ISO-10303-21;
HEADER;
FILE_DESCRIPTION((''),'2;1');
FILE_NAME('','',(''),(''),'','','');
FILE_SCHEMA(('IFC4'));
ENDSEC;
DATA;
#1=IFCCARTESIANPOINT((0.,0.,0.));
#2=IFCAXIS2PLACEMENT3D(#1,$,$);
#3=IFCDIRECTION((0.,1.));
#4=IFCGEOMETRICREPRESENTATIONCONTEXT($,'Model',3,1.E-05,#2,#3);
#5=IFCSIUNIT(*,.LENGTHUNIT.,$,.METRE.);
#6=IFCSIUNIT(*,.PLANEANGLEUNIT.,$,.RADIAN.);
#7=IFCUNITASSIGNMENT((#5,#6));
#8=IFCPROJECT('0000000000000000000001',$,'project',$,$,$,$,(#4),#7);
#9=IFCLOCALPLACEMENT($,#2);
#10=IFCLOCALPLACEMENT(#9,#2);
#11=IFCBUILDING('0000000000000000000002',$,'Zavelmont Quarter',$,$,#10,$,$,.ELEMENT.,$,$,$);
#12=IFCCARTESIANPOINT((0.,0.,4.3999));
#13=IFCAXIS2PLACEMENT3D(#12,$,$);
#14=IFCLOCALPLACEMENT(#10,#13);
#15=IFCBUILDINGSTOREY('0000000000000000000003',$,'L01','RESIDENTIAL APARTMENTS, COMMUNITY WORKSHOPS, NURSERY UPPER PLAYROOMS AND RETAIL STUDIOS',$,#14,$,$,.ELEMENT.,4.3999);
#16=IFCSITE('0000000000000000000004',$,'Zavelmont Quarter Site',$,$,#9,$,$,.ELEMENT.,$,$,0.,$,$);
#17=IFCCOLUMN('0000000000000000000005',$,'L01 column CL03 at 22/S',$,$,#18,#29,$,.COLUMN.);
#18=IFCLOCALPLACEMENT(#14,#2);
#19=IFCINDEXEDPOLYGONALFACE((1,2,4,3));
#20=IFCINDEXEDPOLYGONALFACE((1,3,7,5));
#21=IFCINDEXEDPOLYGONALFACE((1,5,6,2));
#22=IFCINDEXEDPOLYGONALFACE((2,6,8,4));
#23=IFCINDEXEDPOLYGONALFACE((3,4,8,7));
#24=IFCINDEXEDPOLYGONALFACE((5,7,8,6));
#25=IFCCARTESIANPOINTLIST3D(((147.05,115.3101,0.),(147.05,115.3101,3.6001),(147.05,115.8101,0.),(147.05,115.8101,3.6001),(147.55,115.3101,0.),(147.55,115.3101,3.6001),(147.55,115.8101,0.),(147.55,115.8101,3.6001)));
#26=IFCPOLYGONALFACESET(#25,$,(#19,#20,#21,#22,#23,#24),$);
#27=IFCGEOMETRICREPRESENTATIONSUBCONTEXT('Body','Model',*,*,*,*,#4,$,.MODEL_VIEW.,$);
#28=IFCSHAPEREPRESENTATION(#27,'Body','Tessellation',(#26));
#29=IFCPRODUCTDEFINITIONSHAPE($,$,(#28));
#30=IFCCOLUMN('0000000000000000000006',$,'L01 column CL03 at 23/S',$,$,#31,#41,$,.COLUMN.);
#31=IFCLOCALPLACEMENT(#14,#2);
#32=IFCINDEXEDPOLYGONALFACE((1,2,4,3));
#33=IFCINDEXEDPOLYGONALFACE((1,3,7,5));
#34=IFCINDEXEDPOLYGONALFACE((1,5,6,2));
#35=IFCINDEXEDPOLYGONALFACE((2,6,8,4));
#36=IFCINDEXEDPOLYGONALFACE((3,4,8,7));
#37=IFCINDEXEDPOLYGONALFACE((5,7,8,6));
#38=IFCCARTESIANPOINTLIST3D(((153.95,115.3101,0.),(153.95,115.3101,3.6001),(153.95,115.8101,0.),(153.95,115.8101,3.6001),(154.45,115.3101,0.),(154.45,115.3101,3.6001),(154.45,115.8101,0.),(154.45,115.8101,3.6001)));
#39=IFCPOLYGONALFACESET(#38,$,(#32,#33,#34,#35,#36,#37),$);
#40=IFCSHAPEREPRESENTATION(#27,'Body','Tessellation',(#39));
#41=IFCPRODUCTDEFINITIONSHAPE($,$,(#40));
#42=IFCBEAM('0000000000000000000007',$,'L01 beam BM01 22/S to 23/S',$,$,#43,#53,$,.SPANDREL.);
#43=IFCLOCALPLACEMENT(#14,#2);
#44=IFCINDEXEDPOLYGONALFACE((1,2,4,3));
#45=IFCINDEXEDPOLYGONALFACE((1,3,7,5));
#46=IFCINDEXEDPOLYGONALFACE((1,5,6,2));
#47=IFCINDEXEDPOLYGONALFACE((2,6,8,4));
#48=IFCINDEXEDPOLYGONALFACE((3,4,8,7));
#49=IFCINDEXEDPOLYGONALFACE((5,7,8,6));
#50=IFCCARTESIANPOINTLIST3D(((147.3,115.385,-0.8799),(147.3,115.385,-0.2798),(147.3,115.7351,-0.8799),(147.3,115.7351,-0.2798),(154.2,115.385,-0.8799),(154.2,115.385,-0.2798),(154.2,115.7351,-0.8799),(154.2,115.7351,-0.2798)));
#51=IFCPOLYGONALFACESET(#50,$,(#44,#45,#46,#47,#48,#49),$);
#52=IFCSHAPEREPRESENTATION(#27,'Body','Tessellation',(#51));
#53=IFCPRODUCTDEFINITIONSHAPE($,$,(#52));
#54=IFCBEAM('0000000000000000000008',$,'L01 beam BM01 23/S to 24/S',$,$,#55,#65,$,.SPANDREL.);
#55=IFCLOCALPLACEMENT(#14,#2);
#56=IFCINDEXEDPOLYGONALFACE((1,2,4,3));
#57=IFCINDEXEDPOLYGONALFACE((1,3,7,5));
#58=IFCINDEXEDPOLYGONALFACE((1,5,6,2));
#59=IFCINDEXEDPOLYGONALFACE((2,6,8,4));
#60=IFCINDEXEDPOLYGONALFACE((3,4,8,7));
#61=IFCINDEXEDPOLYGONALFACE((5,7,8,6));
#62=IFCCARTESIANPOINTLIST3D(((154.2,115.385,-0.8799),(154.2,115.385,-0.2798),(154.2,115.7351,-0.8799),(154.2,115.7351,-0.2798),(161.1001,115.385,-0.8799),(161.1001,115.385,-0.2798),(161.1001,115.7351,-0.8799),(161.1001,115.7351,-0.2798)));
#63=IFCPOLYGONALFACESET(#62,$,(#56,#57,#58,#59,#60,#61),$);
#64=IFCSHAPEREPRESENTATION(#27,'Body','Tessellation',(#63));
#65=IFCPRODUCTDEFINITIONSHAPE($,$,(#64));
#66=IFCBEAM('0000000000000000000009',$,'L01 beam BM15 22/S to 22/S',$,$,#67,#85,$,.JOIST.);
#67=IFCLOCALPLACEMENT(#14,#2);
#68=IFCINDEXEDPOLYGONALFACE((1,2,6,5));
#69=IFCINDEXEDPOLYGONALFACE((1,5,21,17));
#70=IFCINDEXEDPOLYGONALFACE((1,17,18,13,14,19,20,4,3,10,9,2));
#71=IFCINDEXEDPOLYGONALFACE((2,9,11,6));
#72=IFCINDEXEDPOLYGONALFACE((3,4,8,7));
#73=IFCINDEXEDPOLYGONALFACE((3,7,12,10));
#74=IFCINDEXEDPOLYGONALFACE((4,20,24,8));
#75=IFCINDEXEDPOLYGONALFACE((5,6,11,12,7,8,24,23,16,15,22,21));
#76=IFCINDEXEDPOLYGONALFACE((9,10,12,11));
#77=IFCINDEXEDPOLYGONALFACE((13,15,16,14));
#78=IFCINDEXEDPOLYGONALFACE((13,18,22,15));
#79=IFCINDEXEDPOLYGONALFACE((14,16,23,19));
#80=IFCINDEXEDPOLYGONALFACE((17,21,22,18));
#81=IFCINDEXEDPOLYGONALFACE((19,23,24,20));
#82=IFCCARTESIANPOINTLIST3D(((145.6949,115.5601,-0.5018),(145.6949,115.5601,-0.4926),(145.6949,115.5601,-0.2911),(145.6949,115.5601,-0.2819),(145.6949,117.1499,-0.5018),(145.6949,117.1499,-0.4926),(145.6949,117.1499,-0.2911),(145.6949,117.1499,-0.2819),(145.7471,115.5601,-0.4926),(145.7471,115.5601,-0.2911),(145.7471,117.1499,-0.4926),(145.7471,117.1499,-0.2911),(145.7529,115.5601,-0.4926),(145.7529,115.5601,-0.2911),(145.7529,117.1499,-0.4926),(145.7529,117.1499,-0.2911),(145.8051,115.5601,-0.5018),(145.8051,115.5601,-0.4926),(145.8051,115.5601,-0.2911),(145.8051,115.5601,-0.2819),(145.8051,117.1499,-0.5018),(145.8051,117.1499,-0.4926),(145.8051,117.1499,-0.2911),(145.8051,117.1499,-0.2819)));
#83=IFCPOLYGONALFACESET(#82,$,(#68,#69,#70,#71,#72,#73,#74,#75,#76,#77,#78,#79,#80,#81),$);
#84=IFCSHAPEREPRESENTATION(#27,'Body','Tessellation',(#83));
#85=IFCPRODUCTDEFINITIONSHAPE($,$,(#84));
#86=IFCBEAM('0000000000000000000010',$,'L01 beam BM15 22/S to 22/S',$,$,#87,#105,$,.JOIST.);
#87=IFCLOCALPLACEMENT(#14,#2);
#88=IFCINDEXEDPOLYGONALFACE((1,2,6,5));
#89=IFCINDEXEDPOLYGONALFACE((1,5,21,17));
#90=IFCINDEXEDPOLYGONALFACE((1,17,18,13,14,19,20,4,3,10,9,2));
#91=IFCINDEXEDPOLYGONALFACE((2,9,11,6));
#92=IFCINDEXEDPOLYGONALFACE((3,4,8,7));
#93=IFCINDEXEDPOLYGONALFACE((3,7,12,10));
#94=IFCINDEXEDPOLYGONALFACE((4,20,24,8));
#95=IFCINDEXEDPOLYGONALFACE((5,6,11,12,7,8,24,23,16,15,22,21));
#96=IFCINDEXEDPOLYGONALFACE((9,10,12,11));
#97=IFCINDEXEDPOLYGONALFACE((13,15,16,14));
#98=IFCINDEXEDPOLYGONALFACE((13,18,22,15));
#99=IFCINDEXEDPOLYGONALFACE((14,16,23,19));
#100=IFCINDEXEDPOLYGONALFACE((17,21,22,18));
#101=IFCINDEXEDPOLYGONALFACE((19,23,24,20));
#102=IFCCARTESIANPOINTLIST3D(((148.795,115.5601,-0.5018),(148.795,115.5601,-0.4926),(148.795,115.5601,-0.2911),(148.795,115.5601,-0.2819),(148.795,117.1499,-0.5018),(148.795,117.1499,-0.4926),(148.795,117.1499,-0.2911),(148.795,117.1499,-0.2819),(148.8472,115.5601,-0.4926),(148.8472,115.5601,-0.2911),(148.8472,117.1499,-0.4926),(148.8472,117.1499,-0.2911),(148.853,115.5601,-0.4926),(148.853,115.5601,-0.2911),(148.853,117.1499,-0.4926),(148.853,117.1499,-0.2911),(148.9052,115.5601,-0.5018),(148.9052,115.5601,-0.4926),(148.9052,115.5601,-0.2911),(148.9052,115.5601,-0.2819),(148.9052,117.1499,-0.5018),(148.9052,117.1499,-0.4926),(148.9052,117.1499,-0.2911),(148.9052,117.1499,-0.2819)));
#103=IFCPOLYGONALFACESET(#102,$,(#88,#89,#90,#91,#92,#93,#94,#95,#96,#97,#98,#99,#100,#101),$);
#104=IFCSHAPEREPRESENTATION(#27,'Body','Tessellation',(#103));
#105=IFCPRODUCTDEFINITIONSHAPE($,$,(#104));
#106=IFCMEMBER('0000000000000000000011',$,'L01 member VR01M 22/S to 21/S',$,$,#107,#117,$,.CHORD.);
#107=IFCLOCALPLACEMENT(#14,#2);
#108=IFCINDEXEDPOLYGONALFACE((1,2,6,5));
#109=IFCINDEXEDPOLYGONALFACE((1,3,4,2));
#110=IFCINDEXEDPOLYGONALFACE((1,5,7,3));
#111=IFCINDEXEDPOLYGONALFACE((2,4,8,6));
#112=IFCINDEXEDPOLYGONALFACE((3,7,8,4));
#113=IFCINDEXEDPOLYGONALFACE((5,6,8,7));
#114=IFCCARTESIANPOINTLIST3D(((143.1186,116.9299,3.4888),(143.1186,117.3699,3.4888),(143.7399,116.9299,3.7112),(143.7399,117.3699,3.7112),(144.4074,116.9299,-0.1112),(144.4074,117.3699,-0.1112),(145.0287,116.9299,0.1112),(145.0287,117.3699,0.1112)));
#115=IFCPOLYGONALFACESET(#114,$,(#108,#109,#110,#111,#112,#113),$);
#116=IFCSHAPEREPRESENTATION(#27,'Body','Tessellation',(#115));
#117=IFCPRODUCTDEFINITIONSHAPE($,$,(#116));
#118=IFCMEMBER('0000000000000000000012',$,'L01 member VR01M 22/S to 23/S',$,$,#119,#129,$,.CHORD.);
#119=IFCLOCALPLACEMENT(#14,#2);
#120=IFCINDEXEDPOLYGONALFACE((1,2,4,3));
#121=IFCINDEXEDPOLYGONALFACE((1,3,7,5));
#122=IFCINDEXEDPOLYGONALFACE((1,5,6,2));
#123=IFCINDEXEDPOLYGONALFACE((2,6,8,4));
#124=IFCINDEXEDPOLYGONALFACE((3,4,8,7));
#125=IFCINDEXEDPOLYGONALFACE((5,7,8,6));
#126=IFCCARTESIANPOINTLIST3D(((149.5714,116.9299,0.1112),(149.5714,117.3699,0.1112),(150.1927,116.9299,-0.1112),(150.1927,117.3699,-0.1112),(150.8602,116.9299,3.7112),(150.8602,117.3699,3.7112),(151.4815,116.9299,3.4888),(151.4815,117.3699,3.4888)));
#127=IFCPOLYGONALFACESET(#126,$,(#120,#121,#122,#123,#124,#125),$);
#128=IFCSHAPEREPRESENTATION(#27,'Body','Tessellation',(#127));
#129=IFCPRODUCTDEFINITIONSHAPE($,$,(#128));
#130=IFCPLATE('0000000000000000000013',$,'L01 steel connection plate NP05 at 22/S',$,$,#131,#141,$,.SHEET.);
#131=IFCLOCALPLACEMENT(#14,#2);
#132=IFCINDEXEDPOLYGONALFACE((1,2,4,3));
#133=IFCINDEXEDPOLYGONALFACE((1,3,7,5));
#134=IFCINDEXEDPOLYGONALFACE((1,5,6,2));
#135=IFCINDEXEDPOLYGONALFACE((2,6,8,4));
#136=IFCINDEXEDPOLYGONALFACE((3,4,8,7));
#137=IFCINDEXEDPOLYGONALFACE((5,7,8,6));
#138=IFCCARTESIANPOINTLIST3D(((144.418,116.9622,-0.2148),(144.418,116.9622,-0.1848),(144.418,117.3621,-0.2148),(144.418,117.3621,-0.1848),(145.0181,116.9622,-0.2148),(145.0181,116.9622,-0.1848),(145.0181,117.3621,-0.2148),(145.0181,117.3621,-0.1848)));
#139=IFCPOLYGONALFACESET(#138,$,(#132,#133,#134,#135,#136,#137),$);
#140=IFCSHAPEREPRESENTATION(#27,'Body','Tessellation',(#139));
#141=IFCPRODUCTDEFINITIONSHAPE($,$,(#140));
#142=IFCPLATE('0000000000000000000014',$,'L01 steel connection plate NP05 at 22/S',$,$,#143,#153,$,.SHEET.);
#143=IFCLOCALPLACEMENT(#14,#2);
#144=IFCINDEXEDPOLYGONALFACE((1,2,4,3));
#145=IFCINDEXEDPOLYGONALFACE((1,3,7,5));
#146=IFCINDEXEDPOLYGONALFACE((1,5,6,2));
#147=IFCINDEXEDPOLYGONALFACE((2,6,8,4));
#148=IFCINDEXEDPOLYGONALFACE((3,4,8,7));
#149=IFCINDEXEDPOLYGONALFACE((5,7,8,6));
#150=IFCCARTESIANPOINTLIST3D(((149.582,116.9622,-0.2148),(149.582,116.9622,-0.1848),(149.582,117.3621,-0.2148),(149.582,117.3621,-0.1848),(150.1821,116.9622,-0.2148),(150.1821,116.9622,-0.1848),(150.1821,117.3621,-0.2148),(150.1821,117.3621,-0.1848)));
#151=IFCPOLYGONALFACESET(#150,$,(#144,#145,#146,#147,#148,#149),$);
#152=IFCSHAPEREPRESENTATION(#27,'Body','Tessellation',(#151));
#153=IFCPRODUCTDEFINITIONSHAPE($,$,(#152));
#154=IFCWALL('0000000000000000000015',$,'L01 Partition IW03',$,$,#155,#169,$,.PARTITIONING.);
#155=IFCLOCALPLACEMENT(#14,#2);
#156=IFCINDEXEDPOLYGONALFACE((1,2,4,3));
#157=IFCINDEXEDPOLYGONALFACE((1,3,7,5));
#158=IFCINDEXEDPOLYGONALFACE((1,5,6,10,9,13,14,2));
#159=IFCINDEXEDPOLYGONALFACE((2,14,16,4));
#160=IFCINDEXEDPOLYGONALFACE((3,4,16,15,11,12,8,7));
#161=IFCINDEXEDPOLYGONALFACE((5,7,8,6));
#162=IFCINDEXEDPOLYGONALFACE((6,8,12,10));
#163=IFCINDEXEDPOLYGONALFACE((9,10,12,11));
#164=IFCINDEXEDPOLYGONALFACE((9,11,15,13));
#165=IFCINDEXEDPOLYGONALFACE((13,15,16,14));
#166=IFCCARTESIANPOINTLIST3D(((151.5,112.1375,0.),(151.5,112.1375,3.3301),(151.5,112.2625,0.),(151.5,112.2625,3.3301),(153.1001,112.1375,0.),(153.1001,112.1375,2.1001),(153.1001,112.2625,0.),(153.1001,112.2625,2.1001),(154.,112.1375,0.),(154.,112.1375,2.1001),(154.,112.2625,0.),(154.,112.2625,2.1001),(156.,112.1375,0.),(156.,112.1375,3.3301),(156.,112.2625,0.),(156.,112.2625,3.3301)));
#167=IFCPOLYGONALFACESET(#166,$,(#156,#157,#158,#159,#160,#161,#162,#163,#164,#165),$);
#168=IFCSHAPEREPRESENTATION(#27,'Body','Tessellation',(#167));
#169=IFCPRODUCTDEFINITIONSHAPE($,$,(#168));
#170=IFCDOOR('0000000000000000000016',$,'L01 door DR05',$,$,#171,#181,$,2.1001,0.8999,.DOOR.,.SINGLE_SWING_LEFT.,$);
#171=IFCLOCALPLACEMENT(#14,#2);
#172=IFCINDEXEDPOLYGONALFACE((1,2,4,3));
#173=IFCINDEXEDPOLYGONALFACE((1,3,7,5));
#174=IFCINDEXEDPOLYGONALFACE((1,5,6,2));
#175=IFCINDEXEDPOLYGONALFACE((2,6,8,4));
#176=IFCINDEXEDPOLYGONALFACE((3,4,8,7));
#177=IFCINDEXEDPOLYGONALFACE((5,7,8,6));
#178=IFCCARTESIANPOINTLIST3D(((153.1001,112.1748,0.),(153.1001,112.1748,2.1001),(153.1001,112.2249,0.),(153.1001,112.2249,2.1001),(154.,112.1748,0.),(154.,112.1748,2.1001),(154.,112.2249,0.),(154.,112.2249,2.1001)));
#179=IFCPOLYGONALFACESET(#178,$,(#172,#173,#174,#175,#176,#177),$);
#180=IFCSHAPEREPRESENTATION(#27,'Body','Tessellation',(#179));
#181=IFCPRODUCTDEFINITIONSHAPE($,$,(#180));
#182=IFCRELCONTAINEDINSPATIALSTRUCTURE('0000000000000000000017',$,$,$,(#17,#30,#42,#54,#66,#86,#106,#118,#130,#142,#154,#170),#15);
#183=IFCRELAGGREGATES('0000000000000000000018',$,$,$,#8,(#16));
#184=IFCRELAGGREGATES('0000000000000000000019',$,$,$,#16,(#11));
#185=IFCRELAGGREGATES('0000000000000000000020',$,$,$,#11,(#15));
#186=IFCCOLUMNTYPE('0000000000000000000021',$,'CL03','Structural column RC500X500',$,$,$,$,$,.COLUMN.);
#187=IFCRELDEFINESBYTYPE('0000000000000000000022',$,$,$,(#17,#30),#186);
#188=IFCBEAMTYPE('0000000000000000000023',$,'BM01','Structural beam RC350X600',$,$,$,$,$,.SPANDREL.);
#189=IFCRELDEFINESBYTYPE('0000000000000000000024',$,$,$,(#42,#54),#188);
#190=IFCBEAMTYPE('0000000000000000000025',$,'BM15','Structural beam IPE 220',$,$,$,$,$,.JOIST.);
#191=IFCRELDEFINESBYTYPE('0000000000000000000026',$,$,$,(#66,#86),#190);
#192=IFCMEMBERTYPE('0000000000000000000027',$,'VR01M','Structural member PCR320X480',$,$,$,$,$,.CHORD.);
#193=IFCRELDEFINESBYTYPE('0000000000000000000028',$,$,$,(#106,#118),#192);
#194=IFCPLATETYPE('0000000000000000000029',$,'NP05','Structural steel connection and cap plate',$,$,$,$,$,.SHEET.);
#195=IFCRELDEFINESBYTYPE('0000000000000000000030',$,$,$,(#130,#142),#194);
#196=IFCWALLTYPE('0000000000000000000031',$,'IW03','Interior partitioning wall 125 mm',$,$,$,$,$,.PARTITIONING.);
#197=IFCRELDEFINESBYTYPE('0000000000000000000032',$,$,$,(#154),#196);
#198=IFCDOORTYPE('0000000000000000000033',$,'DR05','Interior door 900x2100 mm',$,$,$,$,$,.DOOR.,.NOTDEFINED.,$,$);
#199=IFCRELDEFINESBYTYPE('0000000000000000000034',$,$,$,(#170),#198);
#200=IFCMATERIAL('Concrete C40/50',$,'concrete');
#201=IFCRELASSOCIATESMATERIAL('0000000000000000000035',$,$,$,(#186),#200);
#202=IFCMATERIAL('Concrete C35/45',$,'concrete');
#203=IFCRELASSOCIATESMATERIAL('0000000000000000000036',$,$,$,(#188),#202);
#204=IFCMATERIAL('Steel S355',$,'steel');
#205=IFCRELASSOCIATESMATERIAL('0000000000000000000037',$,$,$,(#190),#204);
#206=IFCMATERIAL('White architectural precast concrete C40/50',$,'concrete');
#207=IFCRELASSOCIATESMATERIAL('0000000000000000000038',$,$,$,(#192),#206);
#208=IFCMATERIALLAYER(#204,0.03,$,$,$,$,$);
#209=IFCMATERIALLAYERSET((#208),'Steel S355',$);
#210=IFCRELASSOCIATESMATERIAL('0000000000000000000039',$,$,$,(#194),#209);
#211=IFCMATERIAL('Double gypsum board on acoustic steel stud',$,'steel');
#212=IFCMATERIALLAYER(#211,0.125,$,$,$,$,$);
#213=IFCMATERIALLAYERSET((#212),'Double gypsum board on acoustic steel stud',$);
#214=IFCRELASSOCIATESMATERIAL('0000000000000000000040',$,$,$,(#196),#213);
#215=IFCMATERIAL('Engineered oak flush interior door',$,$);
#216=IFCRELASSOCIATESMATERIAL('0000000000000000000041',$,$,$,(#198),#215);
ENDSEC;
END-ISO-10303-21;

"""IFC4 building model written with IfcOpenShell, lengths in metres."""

from ifc_helpers import new_model, si_unit, direction, frame, frame_2d, origin, origin_with_axes, origin_2d, place, context, subcontext, project, spatial, rectangle, i_section, extrude, material, layer, layer_set, material_profile, profile_set, type_object, element, fill, save


model = new_model("IFC4")

# Units and contexts
model_context = context("Model", 3, precision=1e-05, world=origin(), true_north=direction((0.0, 1.0)))
body_context = subcontext(model_context, "Body", "Model", "MODEL_VIEW")
ifc_project = project(units=[si_unit("LENGTHUNIT", "METRE"), si_unit("PLANEANGLEUNIT", "RADIAN")], contexts=[model_context])

# Site, building, storey
site_placement = place(None, origin())
site = spatial("IfcSite", under=ifc_project, at=site_placement, Name="Zavelmont Quarter Site", CompositionType="ELEMENT", RefElevation=0.0)
building_placement = place(site_placement, origin())
building = spatial("IfcBuilding", under=site, at=building_placement, Name="Zavelmont Quarter", CompositionType="ELEMENT")
storey_placement = place(building_placement, frame((0.0, 0.0, 4.3999)))
storey = spatial("IfcBuildingStorey", under=building, at=storey_placement, Name="L01", Description="RESIDENTIAL APARTMENTS, COMMUNITY WORKSHOPS, NURSERY UPPER PLAYROOMS AND RETAIL STUDIOS", CompositionType="ELEMENT", Elevation=4.3999)

# Columns
ifc_material_1 = material(Name="Concrete C40/50", Category="concrete")
ifc_material_profile_1 = material_profile(ifc_material_1, rectangle(XDim=0.5, YDim=0.5, at=origin_2d()), Name="RC500X500")
ifc_profile_set_1 = profile_set([ifc_material_profile_1], Name="Concrete C40/50")
column_type = type_object("IfcColumnType", Name="CL03", Description="Structural column RC500X500", PredefinedType="COLUMN", material=ifc_profile_set_1)
for number, where, z_axis, x_axis, name in (
    (1, (147.3, 115.5601, 0.0), (0.0, 0.0, 1.0), (1.0, 0.0, 0.0), "L01 column CL03 at 22/S"),
    (2, (154.2, 115.5601, 0.0), (0.0, 0.0, 1.0), (1.0, 0.0, 0.0), "L01 column CL03 at 23/S"),
):
    element("IfcColumn", number, at=place(storey_placement, frame(where, z_axis=z_axis, x_axis=x_axis)), inside=storey, type_object=column_type, Name=name, PredefinedType="COLUMN", context=body_context, shape_type="SweptSolid", body=[
        extrude(rectangle(XDim=0.5, YDim=0.5, at=origin_2d()), origin(), (0.0, 0.0, 1.0), 3.6001),
    ])

# Beams
ifc_material_2 = material(Name="Concrete C35/45", Category="concrete")
ifc_material_profile_2 = material_profile(ifc_material_2, rectangle(XDim=0.3501, YDim=0.6001, at=origin_2d()), Name="RC350X600")
ifc_profile_set_2 = profile_set([ifc_material_profile_2], Name="Concrete C35/45")
beam_type_1 = type_object("IfcBeamType", Name="BM01", Description="Structural beam RC350X600", PredefinedType="SPANDREL", material=ifc_profile_set_2)
beam_1_placement = place(storey_placement, frame((147.3, 115.5601, -0.5798), z_axis=(1.0, 0.0, 0.0), x_axis=(0.0, 1.0, 0.0)))
element("IfcBeam", 3, at=beam_1_placement, inside=storey, type_object=beam_type_1, Name="L01 beam BM01 22/S to 23/S", PredefinedType="SPANDREL", context=body_context, shape_type="SweptSolid", body=[
    extrude(rectangle(XDim=0.3501, YDim=0.6001, at=origin_2d()), origin(), (0.0, 0.0, 1.0), 6.8999),
])
beam_2_placement = place(storey_placement, frame((154.2, 115.5601, -0.5798), z_axis=(1.0, 0.0, 0.0), x_axis=(0.0, 1.0, 0.0)))
element("IfcBeam", 4, at=beam_2_placement, inside=storey, type_object=beam_type_1, Name="L01 beam BM01 23/S to 24/S", PredefinedType="SPANDREL", context=body_context, shape_type="SweptSolid", body=[
    extrude(rectangle(XDim=0.3501, YDim=0.6001, at=origin_2d()), origin(), (0.0, 0.0, 1.0), 6.9001),
])
ifc_material_3 = material(Name="Steel S355", Category="steel")
ifc_material_profile_3 = material_profile(ifc_material_3, i_section(OverallWidth=0.1101, OverallDepth=0.22, WebThickness=0.0059, FlangeThickness=0.0093, at=origin_2d()), Name="IPE 220")
ifc_profile_set_3 = profile_set([ifc_material_profile_3], Name="Steel S355")
beam_type_2 = type_object("IfcBeamType", Name="BM15", Description="Structural beam IPE 220", PredefinedType="JOIST", material=ifc_profile_set_3)
for number, where, z_axis, x_axis, name in (
    (5, (145.75, 115.5601, -0.3918), (0.0, 1.0, 0.0), (-1.0, 0.0, 0.0), "L01 beam BM15 22/S to 22/S"),
    (6, (148.8501, 115.5601, -0.3918), (0.0, 1.0, 0.0), (-1.0, 0.0, 0.0), "L01 beam BM15 22/S to 22/S"),
):
    element("IfcBeam", number, at=place(storey_placement, frame(where, z_axis=z_axis, x_axis=x_axis)), inside=storey, type_object=beam_type_2, Name=name, PredefinedType="JOIST", context=body_context, shape_type="SweptSolid", body=[
        extrude(i_section(OverallWidth=0.1101, OverallDepth=0.22, WebThickness=0.0059, FlangeThickness=0.0093, at=origin_2d()), origin(), (0.0, 0.0, 1.0), 1.5898),
    ])

# Members
ifc_material_4 = material(Name="White architectural precast concrete C40/50", Category="concrete")
ifc_material_profile_4 = material_profile(ifc_material_4, rectangle(XDim=0.4399, YDim=0.6599, at=origin_2d()), Name="PCR320X480")
ifc_profile_set_4 = profile_set([ifc_material_profile_4], Name="White architectural precast concrete C40/50")
member_type = type_object("IfcMemberType", Name="VR01M", Description="Structural member PCR320X480", PredefinedType="CHORD", material=ifc_profile_set_4)
for number, where, z_axis, x_axis, name in (
    (7, (144.718, 117.1499, 0.0), (-0.337048, 0.0, 0.941487), (0.0, -1.0, 0.0), "L01 member VR01M 22/S to 21/S"),
    (8, (149.8821, 117.1499, 0.0), (0.337048, 0.0, 0.941487), (0.0, 1.0, 0.0), "L01 member VR01M 22/S to 23/S"),
):
    element("IfcMember", number, at=place(storey_placement, frame(where, z_axis=z_axis, x_axis=x_axis)), inside=storey, type_object=member_type, Name=name, PredefinedType="CHORD", context=body_context, shape_type="SweptSolid", body=[
        extrude(rectangle(XDim=0.4399, YDim=0.6599, at=origin_2d()), origin(), (0.0, 0.0, 1.0), 3.8237),
    ])

# Plates
ifc_layer_1 = layer(ifc_material_3, 0.03)
ifc_layer_set_1 = layer_set([ifc_layer_1], Name="Steel S355")
plate_type = type_object("IfcPlateType", Name="NP05", Description="Structural steel connection and cap plate", PredefinedType="SHEET", material=ifc_layer_set_1)
for number, where, z_axis, x_axis, name in (
    (9, (144.718, 117.1621, -0.2148), (0.0, 0.0, 1.0), (1.0, 0.0, 0.0), "L01 steel connection plate NP05 at 22/S"),
    (10, (149.8821, 117.1621, -0.2148), (0.0, 0.0, 1.0), (1.0, 0.0, 0.0), "L01 steel connection plate NP05 at 22/S"),
):
    element("IfcPlate", number, at=place(storey_placement, frame(where, z_axis=z_axis, x_axis=x_axis)), inside=storey, type_object=plate_type, Name=name, PredefinedType="SHEET", context=body_context, shape_type="SweptSolid", body=[
        extrude(rectangle(XDim=0.6001, YDim=0.3999, at=origin_2d()), origin(), (0.0, 0.0, 1.0), 0.03),
    ])

# Wall, opening, door
ifc_material_5 = material(Name="Double gypsum board on acoustic steel stud", Category="steel")
ifc_layer_2 = layer(ifc_material_5, 0.125)
ifc_layer_set_2 = layer_set([ifc_layer_2], Name="Double gypsum board on acoustic steel stud")
wall_type_1 = type_object("IfcWallType", Name="IW03", Description="Interior partitioning wall 125 mm", PredefinedType="PARTITIONING", material=ifc_layer_set_2)
wall_1_placement = place(storey_placement, frame((151.5, 112.2, 0.0), z_axis=(0.0, 0.0, 1.0), x_axis=(1.0, 0.0, 0.0)))
wall_1 = element("IfcWall", 11, at=wall_1_placement, inside=storey, type_object=wall_type_1, Name="L01 Partition IW03", PredefinedType="PARTITIONING", context=body_context, shape_type="SweptSolid", body=[
    extrude(rectangle(XDim=4.5, YDim=0.125, at=frame_2d((2.25, 0.0))), origin(), (0.0, 0.0, 1.0), 3.3301),
])
opening_1_placement = place(wall_1_placement, frame((1.6001, 0.0, 0.0)))
opening_1 = element("IfcOpeningElement", 12, at=opening_1_placement, cuts=wall_1, PredefinedType="OPENING", context=body_context, shape_type="SweptSolid", body=[
    extrude(rectangle(XDim=0.8999, YDim=2.1001, at=frame_2d((0.45, 1.05))), frame((0.0, 0.0745, 0.0), z_axis=(0.0, -1.0, 0.0), x_axis=(1.0, 0.0, 0.0)), (0.0, 0.0, 1.0), 0.1489),
])
ifc_material_6 = material(Name="Engineered oak flush interior door")
door_type_1 = type_object("IfcDoorType", Name="DR05", Description="Interior door 900x2100 mm", OperationType="NOTDEFINED", PredefinedType="DOOR", material=ifc_material_6)
door_1_placement = place(opening_1_placement, origin_with_axes())
door_1 = element("IfcDoor", 13, at=door_1_placement, inside=storey, type_object=door_type_1, Name="L01 door DR05", OperationType="SINGLE_SWING_LEFT", OverallHeight=2.1001, OverallWidth=0.8999, PredefinedType="DOOR", context=body_context, shape_type="SweptSolid", body=[
    extrude(rectangle(XDim=0.8999, YDim=2.1001, at=frame_2d((0.45, 1.05))), frame((0.0, 0.0249, 0.0), z_axis=(0.0, -1.0, 0.0), x_axis=(1.0, 0.0, 0.0)), (0.0, 0.0, 1.0), 0.05),
])
fill(opening_1, door_1)

save(model, "model.ifc")
